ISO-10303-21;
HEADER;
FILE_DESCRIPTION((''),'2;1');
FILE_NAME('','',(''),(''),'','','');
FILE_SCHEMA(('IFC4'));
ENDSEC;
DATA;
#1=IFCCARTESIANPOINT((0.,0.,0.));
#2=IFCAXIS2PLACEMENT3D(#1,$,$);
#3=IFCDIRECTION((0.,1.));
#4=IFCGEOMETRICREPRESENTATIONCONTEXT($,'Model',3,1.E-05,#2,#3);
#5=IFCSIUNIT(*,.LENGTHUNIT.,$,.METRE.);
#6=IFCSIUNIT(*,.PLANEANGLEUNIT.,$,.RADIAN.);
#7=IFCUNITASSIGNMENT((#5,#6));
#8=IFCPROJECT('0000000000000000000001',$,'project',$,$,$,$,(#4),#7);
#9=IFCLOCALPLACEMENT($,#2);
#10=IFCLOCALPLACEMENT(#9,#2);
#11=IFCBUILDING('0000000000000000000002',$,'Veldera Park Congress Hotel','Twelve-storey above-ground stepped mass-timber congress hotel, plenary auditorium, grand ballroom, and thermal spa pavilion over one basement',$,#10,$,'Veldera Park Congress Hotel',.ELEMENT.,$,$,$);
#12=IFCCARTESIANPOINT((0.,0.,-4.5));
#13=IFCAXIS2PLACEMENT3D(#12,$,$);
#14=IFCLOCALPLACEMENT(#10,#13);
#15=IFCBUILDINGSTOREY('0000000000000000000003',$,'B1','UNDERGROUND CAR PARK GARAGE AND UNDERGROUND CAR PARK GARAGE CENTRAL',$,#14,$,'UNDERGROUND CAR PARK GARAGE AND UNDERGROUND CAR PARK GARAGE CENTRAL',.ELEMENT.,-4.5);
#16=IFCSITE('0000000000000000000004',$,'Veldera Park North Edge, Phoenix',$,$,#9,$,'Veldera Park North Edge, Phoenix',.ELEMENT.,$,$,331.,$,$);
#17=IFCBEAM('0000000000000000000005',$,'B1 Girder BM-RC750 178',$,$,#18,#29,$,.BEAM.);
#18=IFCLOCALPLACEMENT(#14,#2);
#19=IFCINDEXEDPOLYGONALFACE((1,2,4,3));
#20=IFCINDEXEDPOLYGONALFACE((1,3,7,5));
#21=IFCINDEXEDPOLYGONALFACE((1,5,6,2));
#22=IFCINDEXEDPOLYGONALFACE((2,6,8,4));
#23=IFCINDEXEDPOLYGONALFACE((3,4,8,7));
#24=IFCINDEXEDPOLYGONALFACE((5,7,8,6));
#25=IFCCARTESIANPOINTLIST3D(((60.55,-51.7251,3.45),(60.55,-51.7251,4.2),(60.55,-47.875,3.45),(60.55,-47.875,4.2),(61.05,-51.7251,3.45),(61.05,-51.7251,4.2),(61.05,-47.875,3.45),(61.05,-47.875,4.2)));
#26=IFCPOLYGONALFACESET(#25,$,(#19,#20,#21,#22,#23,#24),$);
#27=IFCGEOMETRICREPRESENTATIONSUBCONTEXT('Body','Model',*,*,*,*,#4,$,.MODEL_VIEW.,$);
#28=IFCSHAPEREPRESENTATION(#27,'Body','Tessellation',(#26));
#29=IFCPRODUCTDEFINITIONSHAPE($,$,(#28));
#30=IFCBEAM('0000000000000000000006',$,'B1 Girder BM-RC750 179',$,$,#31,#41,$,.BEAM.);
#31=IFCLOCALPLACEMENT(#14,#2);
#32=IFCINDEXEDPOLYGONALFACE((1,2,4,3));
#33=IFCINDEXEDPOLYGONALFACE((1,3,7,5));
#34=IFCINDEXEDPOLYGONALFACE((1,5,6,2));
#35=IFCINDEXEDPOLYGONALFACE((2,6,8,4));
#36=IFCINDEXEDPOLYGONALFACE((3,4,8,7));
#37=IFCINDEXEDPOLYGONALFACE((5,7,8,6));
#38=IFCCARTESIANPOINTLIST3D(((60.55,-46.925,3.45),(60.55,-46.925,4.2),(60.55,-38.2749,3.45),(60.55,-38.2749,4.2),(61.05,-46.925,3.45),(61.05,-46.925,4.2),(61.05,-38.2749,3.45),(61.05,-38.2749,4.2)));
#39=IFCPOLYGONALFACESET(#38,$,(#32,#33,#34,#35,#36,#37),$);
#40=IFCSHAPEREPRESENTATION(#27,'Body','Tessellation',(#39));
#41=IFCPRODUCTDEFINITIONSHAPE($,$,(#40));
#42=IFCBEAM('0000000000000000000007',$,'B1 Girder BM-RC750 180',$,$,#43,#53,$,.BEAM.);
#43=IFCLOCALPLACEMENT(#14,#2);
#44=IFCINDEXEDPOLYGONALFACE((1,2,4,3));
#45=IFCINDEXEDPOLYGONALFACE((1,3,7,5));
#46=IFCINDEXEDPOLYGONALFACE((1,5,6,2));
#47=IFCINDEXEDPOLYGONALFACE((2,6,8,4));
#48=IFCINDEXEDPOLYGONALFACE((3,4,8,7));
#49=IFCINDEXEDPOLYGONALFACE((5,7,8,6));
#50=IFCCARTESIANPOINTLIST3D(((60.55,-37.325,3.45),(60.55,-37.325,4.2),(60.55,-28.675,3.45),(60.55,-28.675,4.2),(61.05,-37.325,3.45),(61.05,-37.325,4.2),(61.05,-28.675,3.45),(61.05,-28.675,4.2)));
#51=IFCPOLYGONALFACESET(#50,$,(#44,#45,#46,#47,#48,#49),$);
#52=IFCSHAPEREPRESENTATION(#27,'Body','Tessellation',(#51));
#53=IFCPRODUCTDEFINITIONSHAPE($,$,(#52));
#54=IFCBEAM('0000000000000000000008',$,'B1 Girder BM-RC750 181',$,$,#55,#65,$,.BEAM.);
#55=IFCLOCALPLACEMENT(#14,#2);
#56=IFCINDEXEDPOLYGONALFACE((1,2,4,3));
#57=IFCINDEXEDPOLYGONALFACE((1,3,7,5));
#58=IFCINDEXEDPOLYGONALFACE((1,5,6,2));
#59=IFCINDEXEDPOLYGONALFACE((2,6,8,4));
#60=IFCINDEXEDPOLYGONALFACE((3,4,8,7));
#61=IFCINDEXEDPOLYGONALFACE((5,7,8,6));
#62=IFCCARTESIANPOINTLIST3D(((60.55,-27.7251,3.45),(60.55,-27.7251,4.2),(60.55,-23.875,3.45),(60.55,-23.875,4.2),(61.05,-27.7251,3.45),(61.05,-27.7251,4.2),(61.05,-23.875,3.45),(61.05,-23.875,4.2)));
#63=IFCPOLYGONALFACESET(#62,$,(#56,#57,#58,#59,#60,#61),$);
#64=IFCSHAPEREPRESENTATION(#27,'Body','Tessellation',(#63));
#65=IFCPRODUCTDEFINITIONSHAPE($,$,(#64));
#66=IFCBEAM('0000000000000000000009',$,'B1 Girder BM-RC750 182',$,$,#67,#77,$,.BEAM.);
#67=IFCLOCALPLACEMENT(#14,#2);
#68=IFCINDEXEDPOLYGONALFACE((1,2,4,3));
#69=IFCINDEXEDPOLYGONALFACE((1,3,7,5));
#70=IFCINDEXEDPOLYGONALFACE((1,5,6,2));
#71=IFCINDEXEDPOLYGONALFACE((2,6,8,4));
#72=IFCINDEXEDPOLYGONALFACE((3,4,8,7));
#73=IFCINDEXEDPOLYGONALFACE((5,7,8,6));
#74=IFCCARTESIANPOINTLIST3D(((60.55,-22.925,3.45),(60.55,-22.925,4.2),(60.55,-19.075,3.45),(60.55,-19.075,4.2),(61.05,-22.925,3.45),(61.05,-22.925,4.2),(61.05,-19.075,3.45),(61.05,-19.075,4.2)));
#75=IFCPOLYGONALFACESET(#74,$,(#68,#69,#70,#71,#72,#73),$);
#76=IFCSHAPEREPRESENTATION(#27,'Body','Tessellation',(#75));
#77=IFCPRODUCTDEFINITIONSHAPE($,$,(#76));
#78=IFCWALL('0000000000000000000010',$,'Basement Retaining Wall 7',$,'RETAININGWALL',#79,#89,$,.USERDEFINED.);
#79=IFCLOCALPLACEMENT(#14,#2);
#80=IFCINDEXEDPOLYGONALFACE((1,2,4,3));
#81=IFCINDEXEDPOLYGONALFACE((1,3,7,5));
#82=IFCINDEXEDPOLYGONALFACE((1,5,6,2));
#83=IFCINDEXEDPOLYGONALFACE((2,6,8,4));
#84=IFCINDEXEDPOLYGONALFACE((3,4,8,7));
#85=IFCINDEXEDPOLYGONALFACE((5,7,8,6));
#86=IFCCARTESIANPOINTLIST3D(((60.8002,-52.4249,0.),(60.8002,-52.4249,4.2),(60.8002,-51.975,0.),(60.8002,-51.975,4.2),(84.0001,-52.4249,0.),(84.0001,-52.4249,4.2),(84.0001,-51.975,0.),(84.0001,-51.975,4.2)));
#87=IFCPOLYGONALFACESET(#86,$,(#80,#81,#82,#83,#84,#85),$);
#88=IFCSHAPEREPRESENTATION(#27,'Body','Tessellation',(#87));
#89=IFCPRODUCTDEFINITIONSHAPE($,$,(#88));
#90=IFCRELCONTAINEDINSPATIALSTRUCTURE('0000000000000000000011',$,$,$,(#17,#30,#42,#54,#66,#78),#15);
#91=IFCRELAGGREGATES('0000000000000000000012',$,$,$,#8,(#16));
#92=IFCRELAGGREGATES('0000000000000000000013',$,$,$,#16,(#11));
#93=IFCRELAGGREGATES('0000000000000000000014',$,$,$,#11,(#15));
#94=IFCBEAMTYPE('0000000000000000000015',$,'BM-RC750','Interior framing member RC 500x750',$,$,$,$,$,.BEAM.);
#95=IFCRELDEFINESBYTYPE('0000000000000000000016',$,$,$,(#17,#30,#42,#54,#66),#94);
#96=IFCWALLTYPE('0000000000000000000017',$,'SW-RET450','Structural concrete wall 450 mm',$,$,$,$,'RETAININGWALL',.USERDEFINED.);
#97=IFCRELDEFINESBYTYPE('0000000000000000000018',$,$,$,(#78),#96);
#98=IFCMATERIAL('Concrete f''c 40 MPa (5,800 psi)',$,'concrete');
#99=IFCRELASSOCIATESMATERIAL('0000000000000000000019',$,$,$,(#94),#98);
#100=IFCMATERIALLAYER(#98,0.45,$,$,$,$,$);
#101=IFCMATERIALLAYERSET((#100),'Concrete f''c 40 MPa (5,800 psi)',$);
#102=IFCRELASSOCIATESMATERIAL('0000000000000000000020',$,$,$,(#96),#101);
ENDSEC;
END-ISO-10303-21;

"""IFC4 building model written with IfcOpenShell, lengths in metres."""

from ifc_helpers import new_model, si_unit, direction, frame, frame_2d, origin, origin_2d, place, context, subcontext, project, spatial, rectangle, extrude, material, layer, layer_set, material_profile, profile_set, type_object, element, save


model = new_model("IFC4")

# Units and contexts
model_context = context("Model", 3, precision=1e-05, world=origin(), true_north=direction((0.0, 1.0)))
body_context = subcontext(model_context, "Body", "Model", "MODEL_VIEW")
ifc_project = project(units=[si_unit("LENGTHUNIT", "METRE"), si_unit("PLANEANGLEUNIT", "RADIAN")], contexts=[model_context])

# Site, building, storey
site_placement = place(None, origin())
site = spatial("IfcSite", under=ifc_project, at=site_placement, Name="Veldera Park North Edge, Phoenix", LongName="Veldera Park North Edge, Phoenix", CompositionType="ELEMENT", RefElevation=331.0)
building_placement = place(site_placement, origin())
building = spatial("IfcBuilding", under=site, at=building_placement, Name="Veldera Park Congress Hotel", Description="Twelve-storey above-ground stepped mass-timber congress hotel, plenary auditorium, grand ballroom, and thermal spa pavilion over one basement", LongName="Veldera Park Congress Hotel", CompositionType="ELEMENT")
storey_placement = place(building_placement, frame((0.0, 0.0, -4.5)))
storey = spatial("IfcBuildingStorey", under=building, at=storey_placement, Name="B1", Description="UNDERGROUND CAR PARK GARAGE AND UNDERGROUND CAR PARK GARAGE CENTRAL", LongName="UNDERGROUND CAR PARK GARAGE AND UNDERGROUND CAR PARK GARAGE CENTRAL", CompositionType="ELEMENT", Elevation=-4.5)

# Shared definitions
ifc_material_1 = material(Name="Concrete f'c 40 MPa (5,800 psi)", Category="concrete")

# Beams
ifc_material_profile_1 = material_profile(ifc_material_1, rectangle(XDim=0.5, YDim=0.75, at=origin_2d()), Name="RC 500x750")
ifc_profile_set_1 = profile_set([ifc_material_profile_1], Name="Concrete f'c 40 MPa (5,800 psi)")
beam_type = type_object("IfcBeamType", Name="BM-RC750", Description="Interior framing member RC 500x750", PredefinedType="BEAM", material=ifc_profile_set_1)
beam_1_placement = place(storey_placement, frame((60.8, -51.7251, 3.825), z_axis=(0.0, 1.0, 0.0), x_axis=(-1.0, 0.0, 0.0)))
element("IfcBeam", 1, at=beam_1_placement, inside=storey, type_object=beam_type, Name="B1 Girder BM-RC750 178", PredefinedType="BEAM", context=body_context, shape_type="SweptSolid", body=[
    extrude(rectangle(XDim=0.5, YDim=0.75, at=origin_2d()), origin(), (0.0, 0.0, 1.0), 3.8501),
])
beam_2_placement = place(storey_placement, frame((60.8, -46.925, 3.825), z_axis=(0.0, 1.0, 0.0), x_axis=(-1.0, 0.0, 0.0)))
element("IfcBeam", 2, at=beam_2_placement, inside=storey, type_object=beam_type, Name="B1 Girder BM-RC750 179", PredefinedType="BEAM", context=body_context, shape_type="SweptSolid", body=[
    extrude(rectangle(XDim=0.5, YDim=0.75, at=origin_2d()), origin(), (0.0, 0.0, 1.0), 8.6501),
])
beam_3_placement = place(storey_placement, frame((60.8, -37.325, 3.825), z_axis=(0.0, 1.0, 0.0), x_axis=(-1.0, 0.0, 0.0)))
element("IfcBeam", 3, at=beam_3_placement, inside=storey, type_object=beam_type, Name="B1 Girder BM-RC750 180", PredefinedType="BEAM", context=body_context, shape_type="SweptSolid", body=[
    extrude(rectangle(XDim=0.5, YDim=0.75, at=origin_2d()), origin(), (0.0, 0.0, 1.0), 8.6499),
])
for number, where, z_axis, x_axis, name in (
    (4, (60.8, -27.7251, 3.825), (0.0, 1.0, 0.0), (-1.0, 0.0, 0.0), "B1 Girder BM-RC750 181"),
    (5, (60.8, -22.925, 3.825), (0.0, 1.0, 0.0), (-1.0, 0.0, 0.0), "B1 Girder BM-RC750 182"),
):
    element("IfcBeam", number, at=place(storey_placement, frame(where, z_axis=z_axis, x_axis=x_axis)), inside=storey, type_object=beam_type, Name=name, PredefinedType="BEAM", context=body_context, shape_type="SweptSolid", body=[
        extrude(rectangle(XDim=0.5, YDim=0.75, at=origin_2d()), origin(), (0.0, 0.0, 1.0), 3.8501),
    ])

# Wall
ifc_layer = layer(ifc_material_1, 0.45)
ifc_layer_set = layer_set([ifc_layer], Name="Concrete f'c 40 MPa (5,800 psi)")
wall_type = type_object("IfcWallType", Name="SW-RET450", Description="Structural concrete wall 450 mm", ElementType="RETAININGWALL", PredefinedType="USERDEFINED", material=ifc_layer_set)
wall_placement = place(storey_placement, frame((60.8, -52.2, 0.0), z_axis=(0.0, 0.0, 1.0), x_axis=(1.0, 0.0, 0.0)))
element("IfcWall", 6, at=wall_placement, inside=storey, type_object=wall_type, Name="Basement Retaining Wall 7", ObjectType="RETAININGWALL", PredefinedType="USERDEFINED", context=body_context, shape_type="SweptSolid", body=[
    extrude(rectangle(XDim=23.2, YDim=0.45, at=frame_2d((11.6001, 0.0))), origin(), (0.0, 0.0, 1.0), 4.2),
])

save(model, "model.ifc")
